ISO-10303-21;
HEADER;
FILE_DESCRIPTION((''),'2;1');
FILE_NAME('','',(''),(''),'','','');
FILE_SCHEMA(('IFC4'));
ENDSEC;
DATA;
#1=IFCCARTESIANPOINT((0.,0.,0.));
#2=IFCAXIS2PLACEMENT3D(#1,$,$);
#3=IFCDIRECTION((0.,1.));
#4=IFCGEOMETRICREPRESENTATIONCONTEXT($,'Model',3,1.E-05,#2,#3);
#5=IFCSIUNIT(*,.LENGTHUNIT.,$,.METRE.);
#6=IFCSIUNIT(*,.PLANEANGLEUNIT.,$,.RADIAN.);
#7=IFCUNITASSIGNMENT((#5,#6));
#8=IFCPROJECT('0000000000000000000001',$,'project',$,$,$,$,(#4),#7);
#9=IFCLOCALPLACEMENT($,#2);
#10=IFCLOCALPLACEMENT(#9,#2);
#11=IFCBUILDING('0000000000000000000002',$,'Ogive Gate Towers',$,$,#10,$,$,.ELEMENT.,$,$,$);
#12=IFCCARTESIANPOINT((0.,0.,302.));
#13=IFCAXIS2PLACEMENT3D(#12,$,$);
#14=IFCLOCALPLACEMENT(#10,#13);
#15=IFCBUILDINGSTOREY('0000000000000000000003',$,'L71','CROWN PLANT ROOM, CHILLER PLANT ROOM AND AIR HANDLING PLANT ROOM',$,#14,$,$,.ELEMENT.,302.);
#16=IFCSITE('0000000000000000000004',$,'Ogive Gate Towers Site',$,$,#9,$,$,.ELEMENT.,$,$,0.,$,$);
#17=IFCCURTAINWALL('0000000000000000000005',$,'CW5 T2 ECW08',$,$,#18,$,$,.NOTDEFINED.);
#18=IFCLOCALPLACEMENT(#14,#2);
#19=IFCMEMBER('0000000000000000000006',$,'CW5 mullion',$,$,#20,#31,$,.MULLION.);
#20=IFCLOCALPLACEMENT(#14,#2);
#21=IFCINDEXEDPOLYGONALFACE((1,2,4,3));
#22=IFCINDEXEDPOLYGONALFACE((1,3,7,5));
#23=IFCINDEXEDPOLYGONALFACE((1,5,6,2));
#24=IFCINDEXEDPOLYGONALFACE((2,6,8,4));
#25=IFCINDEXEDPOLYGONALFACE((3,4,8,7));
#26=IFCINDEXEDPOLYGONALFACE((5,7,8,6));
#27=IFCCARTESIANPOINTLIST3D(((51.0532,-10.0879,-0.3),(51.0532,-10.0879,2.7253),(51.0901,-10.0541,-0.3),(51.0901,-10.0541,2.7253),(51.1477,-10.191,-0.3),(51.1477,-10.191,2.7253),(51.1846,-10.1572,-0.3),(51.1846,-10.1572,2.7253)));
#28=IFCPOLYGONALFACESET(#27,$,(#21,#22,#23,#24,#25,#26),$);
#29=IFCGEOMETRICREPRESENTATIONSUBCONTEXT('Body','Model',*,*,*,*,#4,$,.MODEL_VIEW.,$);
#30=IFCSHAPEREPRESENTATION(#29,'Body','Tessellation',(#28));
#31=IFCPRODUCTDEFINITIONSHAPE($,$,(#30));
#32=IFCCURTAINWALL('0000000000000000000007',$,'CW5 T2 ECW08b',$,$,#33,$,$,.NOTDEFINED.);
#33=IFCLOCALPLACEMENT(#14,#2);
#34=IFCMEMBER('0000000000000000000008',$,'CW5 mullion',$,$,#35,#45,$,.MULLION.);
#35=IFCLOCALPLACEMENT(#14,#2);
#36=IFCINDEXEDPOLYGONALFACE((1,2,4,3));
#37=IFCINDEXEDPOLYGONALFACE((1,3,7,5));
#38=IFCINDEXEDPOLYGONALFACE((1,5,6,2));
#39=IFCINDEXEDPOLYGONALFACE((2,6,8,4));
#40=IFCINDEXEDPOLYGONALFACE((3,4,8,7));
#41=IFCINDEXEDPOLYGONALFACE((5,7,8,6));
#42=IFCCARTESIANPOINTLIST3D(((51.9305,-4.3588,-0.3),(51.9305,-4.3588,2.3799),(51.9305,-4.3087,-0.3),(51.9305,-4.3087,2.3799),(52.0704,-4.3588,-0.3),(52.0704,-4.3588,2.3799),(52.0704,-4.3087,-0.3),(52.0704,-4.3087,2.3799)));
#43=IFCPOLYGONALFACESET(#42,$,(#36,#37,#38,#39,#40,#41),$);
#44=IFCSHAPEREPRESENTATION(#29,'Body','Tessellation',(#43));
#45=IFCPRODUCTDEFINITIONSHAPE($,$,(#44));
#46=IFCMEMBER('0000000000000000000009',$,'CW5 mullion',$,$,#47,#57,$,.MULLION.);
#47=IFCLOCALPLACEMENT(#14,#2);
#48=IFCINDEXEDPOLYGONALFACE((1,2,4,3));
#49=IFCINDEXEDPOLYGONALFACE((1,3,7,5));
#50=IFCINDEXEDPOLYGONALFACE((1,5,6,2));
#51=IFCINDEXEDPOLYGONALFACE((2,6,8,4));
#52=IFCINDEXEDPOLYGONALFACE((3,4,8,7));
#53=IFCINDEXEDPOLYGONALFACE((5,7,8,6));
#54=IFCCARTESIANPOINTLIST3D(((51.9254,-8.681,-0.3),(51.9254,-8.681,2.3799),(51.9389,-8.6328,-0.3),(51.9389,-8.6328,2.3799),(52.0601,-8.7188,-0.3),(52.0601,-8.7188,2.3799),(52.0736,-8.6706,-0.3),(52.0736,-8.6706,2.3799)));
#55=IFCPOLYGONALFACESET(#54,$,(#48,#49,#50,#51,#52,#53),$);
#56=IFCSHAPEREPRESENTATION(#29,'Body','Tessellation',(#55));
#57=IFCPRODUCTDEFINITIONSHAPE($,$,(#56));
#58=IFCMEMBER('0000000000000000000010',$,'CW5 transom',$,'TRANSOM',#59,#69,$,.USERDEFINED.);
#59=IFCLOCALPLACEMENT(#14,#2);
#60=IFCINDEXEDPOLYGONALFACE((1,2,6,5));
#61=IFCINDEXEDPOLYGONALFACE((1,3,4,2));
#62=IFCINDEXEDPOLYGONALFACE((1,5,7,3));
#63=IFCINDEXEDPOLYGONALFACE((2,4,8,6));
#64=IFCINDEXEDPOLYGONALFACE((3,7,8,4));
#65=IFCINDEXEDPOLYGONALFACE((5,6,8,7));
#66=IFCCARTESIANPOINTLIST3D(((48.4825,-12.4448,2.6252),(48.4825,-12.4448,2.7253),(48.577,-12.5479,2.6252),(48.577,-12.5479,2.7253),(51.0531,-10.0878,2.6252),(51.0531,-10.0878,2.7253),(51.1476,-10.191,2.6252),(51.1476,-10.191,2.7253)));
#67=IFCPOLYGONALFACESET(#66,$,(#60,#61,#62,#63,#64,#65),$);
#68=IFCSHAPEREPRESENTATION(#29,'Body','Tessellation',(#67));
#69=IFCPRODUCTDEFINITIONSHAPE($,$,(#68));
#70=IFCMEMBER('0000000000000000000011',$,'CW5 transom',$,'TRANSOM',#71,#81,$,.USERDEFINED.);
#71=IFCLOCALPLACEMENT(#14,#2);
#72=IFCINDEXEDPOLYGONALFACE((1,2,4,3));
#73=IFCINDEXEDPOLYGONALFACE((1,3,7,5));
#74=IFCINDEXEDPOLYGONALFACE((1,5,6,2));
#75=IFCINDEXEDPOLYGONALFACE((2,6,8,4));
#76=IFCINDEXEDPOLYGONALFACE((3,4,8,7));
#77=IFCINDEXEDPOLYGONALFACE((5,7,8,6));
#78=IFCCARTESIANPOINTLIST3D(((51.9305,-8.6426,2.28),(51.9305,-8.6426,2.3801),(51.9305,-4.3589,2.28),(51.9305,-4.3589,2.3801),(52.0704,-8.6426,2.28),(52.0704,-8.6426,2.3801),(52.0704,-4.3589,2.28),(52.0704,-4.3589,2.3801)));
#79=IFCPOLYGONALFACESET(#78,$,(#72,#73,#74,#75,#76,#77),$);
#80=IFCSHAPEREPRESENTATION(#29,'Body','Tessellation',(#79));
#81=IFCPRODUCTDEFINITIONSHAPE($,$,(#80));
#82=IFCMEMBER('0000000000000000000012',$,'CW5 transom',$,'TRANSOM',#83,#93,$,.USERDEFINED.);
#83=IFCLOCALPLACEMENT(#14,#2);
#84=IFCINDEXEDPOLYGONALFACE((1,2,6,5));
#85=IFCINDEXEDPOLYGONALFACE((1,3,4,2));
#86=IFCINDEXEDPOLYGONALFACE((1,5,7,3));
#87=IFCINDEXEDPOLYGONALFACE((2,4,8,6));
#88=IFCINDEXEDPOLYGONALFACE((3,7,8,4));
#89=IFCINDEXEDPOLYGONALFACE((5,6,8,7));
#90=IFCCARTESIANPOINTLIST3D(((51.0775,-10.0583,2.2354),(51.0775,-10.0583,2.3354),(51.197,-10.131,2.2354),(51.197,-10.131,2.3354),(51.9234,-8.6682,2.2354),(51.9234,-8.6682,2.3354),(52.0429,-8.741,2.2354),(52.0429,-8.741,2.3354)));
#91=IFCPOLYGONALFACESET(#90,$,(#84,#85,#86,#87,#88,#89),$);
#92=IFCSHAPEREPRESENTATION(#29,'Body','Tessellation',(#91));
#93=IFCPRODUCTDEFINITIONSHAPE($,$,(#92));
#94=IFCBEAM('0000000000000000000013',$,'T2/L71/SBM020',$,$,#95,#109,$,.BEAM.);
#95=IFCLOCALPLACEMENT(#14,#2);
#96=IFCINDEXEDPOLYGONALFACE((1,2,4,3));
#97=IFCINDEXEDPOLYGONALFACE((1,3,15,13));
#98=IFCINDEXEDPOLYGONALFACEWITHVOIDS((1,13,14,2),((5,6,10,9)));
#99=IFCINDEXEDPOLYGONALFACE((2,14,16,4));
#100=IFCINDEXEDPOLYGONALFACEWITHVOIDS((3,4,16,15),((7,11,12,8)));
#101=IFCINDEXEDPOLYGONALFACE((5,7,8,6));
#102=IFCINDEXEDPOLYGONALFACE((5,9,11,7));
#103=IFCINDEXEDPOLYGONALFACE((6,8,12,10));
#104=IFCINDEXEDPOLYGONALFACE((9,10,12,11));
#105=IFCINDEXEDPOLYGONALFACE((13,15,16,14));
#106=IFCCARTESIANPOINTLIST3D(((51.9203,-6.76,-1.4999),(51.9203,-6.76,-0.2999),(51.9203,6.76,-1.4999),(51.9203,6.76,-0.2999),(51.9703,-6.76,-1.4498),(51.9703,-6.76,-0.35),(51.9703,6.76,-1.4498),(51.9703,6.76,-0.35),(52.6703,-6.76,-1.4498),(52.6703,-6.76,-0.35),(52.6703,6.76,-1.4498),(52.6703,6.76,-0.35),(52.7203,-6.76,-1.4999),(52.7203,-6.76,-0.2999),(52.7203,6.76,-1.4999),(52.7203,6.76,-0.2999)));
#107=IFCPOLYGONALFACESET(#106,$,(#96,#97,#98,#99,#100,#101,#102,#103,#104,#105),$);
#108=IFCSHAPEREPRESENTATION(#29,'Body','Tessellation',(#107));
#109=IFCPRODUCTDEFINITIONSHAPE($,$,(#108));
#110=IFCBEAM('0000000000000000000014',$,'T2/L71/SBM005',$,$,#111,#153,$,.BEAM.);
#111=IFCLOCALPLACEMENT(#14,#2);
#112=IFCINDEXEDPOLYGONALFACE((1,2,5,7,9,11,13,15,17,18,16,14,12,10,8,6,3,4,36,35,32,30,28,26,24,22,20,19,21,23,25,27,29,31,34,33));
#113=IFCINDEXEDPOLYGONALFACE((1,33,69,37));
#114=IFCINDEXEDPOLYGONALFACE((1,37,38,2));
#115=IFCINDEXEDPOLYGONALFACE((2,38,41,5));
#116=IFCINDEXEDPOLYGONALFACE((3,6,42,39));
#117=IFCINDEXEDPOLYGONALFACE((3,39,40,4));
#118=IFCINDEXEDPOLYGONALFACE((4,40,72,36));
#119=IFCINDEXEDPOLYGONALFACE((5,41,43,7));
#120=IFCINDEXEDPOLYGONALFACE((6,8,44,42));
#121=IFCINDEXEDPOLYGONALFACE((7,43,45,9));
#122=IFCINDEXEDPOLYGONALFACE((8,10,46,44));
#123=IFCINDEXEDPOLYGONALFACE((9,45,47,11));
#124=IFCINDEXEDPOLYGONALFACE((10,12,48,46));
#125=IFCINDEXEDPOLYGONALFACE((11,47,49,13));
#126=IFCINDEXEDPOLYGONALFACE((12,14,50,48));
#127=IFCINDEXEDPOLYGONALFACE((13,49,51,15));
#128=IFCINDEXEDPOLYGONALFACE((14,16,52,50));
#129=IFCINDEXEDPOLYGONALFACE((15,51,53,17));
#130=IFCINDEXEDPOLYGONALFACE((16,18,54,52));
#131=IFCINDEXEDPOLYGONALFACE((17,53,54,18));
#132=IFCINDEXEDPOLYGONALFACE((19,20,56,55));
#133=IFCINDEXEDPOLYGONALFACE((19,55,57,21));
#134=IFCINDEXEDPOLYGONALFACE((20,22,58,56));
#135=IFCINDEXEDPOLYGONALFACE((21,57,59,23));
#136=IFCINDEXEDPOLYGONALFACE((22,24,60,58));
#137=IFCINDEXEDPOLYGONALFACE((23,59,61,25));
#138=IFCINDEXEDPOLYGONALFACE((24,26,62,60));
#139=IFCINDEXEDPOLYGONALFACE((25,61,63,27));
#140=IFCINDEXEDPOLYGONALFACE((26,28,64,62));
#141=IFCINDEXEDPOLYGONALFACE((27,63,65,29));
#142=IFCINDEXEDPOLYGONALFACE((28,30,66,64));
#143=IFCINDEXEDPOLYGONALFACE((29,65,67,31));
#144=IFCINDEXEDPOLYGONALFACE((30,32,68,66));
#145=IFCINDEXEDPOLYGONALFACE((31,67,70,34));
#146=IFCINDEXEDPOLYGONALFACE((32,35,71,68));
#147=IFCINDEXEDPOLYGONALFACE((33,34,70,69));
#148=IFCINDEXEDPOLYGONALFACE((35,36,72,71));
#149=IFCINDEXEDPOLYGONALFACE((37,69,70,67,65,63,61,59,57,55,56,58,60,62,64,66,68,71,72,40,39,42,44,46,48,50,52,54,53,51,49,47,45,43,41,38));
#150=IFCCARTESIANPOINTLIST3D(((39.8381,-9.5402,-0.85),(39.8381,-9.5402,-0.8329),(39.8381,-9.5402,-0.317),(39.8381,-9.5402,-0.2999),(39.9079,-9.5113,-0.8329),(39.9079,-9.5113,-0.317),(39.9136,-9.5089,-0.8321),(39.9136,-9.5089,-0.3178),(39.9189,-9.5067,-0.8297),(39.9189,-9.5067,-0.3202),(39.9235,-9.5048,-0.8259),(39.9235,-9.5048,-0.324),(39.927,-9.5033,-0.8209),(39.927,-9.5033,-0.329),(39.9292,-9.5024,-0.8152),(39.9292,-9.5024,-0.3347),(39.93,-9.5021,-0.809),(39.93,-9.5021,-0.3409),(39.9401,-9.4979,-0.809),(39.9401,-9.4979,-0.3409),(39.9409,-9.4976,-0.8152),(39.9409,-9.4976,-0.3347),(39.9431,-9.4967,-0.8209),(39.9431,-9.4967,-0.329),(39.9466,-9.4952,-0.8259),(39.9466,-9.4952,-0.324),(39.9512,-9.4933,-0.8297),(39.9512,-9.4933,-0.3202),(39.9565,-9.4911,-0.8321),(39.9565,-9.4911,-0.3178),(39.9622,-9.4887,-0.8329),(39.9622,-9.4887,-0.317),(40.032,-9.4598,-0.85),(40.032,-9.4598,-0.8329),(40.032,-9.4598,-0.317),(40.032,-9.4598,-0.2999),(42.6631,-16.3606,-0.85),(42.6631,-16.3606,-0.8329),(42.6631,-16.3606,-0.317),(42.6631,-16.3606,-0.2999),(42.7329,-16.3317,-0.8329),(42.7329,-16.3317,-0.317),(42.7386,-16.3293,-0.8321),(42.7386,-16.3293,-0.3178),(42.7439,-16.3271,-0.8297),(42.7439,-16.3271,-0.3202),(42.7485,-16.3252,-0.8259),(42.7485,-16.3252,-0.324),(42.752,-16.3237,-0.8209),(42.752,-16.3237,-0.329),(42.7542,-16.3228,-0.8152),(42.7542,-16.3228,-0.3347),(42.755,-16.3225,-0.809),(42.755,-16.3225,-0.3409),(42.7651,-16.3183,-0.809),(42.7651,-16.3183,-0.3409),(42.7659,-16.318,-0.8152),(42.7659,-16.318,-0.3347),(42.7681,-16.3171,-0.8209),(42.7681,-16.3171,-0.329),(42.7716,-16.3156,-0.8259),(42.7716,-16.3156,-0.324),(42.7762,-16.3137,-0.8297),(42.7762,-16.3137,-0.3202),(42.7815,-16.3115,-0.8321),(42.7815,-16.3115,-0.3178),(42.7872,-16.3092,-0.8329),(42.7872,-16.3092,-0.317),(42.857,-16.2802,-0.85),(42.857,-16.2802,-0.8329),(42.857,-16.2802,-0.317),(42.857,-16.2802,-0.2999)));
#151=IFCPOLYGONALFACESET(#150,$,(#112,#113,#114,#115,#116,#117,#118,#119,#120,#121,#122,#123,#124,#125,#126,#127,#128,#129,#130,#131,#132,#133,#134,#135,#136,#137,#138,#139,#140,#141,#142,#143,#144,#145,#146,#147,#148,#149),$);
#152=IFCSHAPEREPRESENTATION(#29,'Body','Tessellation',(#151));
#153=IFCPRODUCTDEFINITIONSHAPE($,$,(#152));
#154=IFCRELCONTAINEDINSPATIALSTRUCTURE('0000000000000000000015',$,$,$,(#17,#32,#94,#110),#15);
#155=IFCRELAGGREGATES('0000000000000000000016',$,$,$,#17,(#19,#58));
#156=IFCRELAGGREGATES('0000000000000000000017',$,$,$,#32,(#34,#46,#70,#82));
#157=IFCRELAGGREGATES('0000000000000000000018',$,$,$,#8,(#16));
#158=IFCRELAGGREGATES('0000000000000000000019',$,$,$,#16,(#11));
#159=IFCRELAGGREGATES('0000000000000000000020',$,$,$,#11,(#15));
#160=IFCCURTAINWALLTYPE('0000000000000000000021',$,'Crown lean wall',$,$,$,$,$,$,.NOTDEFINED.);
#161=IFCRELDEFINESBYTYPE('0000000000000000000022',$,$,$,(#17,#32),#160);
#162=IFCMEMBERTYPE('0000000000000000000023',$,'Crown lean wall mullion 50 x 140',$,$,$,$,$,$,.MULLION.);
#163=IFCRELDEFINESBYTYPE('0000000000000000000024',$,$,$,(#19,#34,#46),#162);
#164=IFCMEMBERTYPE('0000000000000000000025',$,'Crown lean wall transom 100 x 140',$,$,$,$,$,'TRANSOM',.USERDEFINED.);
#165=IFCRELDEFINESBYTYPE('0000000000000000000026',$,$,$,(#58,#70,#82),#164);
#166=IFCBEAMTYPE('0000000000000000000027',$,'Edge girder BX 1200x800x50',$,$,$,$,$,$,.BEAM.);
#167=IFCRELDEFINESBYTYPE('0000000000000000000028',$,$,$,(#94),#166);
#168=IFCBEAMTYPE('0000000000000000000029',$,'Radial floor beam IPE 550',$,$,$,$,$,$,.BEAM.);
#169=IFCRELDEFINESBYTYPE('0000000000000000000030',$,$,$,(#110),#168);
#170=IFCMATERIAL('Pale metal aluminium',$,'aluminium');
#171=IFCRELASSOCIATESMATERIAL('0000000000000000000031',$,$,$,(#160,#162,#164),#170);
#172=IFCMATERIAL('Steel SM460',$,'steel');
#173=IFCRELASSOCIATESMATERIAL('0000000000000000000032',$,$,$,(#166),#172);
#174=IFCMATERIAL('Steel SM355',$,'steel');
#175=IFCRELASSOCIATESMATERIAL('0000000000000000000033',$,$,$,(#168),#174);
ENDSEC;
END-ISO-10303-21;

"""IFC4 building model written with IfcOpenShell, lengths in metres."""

from ifc_helpers import new_model, si_unit, direction, frame, origin, origin_2d, place, context, subcontext, project, spatial, rectangle, hollow_rectangle, i_section, extrude, material, material_profile, profile_set, type_object, element, aggregate, save


model = new_model("IFC4")

# Units and contexts
model_context = context("Model", 3, precision=1e-05, world=origin(), true_north=direction((0.0, 1.0)))
body_context = subcontext(model_context, "Body", "Model", "MODEL_VIEW")
ifc_project = project(units=[si_unit("LENGTHUNIT", "METRE"), si_unit("PLANEANGLEUNIT", "RADIAN")], contexts=[model_context])

# Site, building, storey
site_placement = place(None, origin())
site = spatial("IfcSite", under=ifc_project, at=site_placement, Name="Ogive Gate Towers Site", CompositionType="ELEMENT", RefElevation=0.0)
building_placement = place(site_placement, origin())
building = spatial("IfcBuilding", under=site, at=building_placement, Name="Ogive Gate Towers", CompositionType="ELEMENT")
storey_placement = place(building_placement, frame((0.0, 0.0, 302.0)))
storey = spatial("IfcBuildingStorey", under=building, at=storey_placement, Name="L71", Description="CROWN PLANT ROOM, CHILLER PLANT ROOM AND AIR HANDLING PLANT ROOM", CompositionType="ELEMENT", Elevation=302.0)

# Curtain wall, member
ifc_material_1 = material(Name="Pale metal aluminium", Category="aluminium")
curtain_wall_type = type_object("IfcCurtainWallType", Name="Crown lean wall", PredefinedType="NOTDEFINED", material=ifc_material_1)
curtain_wall_1_placement = place(storey_placement, origin())
curtain_wall_1 = element("IfcCurtainWall", 1, at=curtain_wall_1_placement, inside=storey, type_object=curtain_wall_type, Name="CW5 T2 ECW08", PredefinedType="NOTDEFINED")
ifc_material_profile_1 = material_profile(ifc_material_1, rectangle(XDim=0.1399, YDim=0.05, at=origin_2d()), Name="50 x 140 aluminium box")
ifc_profile_set_1 = profile_set([ifc_material_profile_1], Name="Pale metal aluminium")
member_type_1 = type_object("IfcMemberType", Name="Crown lean wall mullion 50 x 140", PredefinedType="MULLION", material=ifc_profile_set_1)
member_1_placement = place(storey_placement, frame((51.1189, -10.1226, -0.3), z_axis=(0.0, 0.0, 1.0), x_axis=(-0.675796, 0.737089, 0.0)))
member_1 = element("IfcMember", 2, at=member_1_placement, type_object=member_type_1, Name="CW5 mullion", PredefinedType="MULLION", context=body_context, shape_type="SweptSolid", body=[
    extrude(rectangle(XDim=0.1399, YDim=0.05, at=origin_2d()), origin(), (0.0, 0.0, 1.0), 3.0254),
])

# Curtain wall, members
curtain_wall_2_placement = place(storey_placement, origin())
curtain_wall_2 = element("IfcCurtainWall", 3, at=curtain_wall_2_placement, inside=storey, type_object=curtain_wall_type, Name="CW5 T2 ECW08b", PredefinedType="NOTDEFINED")
member_2_placement = place(storey_placement, frame((52.0005, -4.3337, -0.3), z_axis=(0.0, 0.0, 1.0), x_axis=(-1.0, 0.0, 0.0)))
member_2 = element("IfcMember", 4, at=member_2_placement, type_object=member_type_1, Name="CW5 mullion", PredefinedType="MULLION", context=body_context, shape_type="SweptSolid", body=[
    extrude(rectangle(XDim=0.1399, YDim=0.05, at=origin_2d()), origin(), (0.0, 0.0, 1.0), 2.6799),
])
member_3_placement = place(storey_placement, frame((51.9995, -8.6758, -0.3), z_axis=(0.0, 0.0, 1.0), x_axis=(-0.962866, 0.269979, 0.0)))
member_3 = element("IfcMember", 5, at=member_3_placement, type_object=member_type_1, Name="CW5 mullion", PredefinedType="MULLION", context=body_context, shape_type="SweptSolid", body=[
    extrude(rectangle(XDim=0.1399, YDim=0.05, at=origin_2d()), origin(), (0.0, 0.0, 1.0), 2.6799),
])

# Members
ifc_material_profile_2 = material_profile(ifc_material_1, rectangle(XDim=0.1399, YDim=0.1001, at=origin_2d()), Name="100 x 140 aluminium box")
ifc_profile_set_2 = profile_set([ifc_material_profile_2], Name="Pale metal aluminium")
member_type_2 = type_object("IfcMemberType", Name="Crown lean wall transom 100 x 140", ElementType="TRANSOM", PredefinedType="USERDEFINED", material=ifc_profile_set_2)
member_4_placement = place(storey_placement, frame((51.1003, -10.1394, 2.6753), z_axis=(-0.73707, -0.675817, 0.0), x_axis=(0.675817, -0.73707, 0.0)))
member_4 = element("IfcMember", 6, at=member_4_placement, type_object=member_type_2, Name="CW5 transom", ObjectType="TRANSOM", PredefinedType="USERDEFINED", context=body_context, shape_type="SweptSolid", body=[
    extrude(rectangle(XDim=0.1399, YDim=0.1001, at=origin_2d()), origin(), (0.0, 0.0, 1.0), 3.4875),
])
member_5_placement = place(storey_placement, frame((52.0005, -4.3589, 2.3301), z_axis=(0.0, -1.0, 0.0), x_axis=(1.0, 0.0, 0.0)))
member_5 = element("IfcMember", 7, at=member_5_placement, type_object=member_type_2, Name="CW5 transom", ObjectType="TRANSOM", PredefinedType="USERDEFINED", context=body_context, shape_type="SweptSolid", body=[
    extrude(rectangle(XDim=0.1399, YDim=0.1001, at=origin_2d()), origin(), (0.0, 0.0, 1.0), 4.2837),
])
member_6_placement = place(storey_placement, frame((51.9832, -8.7046, 2.2854), z_axis=(-0.519847, -0.854259, 0.0), x_axis=(0.854259, -0.519847, 0.0)))
member_6 = element("IfcMember", 8, at=member_6_placement, type_object=member_type_2, Name="CW5 transom", ObjectType="TRANSOM", PredefinedType="USERDEFINED", context=body_context, shape_type="SweptSolid", body=[
    extrude(rectangle(XDim=0.1399, YDim=0.1001, at=origin_2d()), origin(), (0.0, 0.0, 1.0), 1.6272),
])

# Beams
ifc_material_2 = material(Name="Steel SM460", Category="steel")
ifc_material_profile_3 = material_profile(ifc_material_2, hollow_rectangle(XDim=0.8, YDim=1.2, WallThickness=0.05, at=origin_2d()), Name="BX 1200x800x50")
ifc_profile_set_3 = profile_set([ifc_material_profile_3], Name="Steel SM460")
beam_type_1 = type_object("IfcBeamType", Name="Edge girder BX 1200x800x50", PredefinedType="BEAM", material=ifc_profile_set_3)
beam_1_placement = place(storey_placement, frame((52.3203, -6.76, -0.8999), z_axis=(0.0, 1.0, 0.0), x_axis=(-1.0, 0.0, 0.0)))
element("IfcBeam", 9, at=beam_1_placement, inside=storey, type_object=beam_type_1, Name="T2/L71/SBM020", PredefinedType="BEAM", context=body_context, shape_type="SweptSolid", body=[
    extrude(hollow_rectangle(XDim=0.8, YDim=1.2, WallThickness=0.05, at=origin_2d()), origin(), (0.0, 0.0, 1.0), 13.52),
])
ifc_material_3 = material(Name="Steel SM355", Category="steel")
ifc_material_profile_4 = material_profile(ifc_material_3, i_section(OverallWidth=0.21, OverallDepth=0.55, WebThickness=0.011, FlangeThickness=0.0171, FilletRadius=0.0239, at=origin_2d()), Name="IPE 550")
ifc_profile_set_4 = profile_set([ifc_material_profile_4], Name="Steel SM355")
beam_type_2 = type_object("IfcBeamType", Name="Radial floor beam IPE 550", PredefinedType="BEAM", material=ifc_profile_set_4)
beam_2_placement = place(storey_placement, frame((39.9351, -9.5, -0.575), z_axis=(0.38267, -0.923885, 0.0), x_axis=(0.923885, 0.38267, 0.0)))
element("IfcBeam", 10, at=beam_2_placement, inside=storey, type_object=beam_type_2, Name="T2/L71/SBM005", PredefinedType="BEAM", context=body_context, shape_type="SweptSolid", body=[
    extrude(i_section(OverallWidth=0.21, OverallDepth=0.55, WebThickness=0.011, FlangeThickness=0.0171, FilletRadius=0.0239, at=origin_2d()), origin(), (0.0, 0.0, 1.0), 7.3823),
])

aggregate(curtain_wall_1, [member_1, member_4])
aggregate(curtain_wall_2, [member_2, member_3, member_5, member_6])

save(model, "model.ifc")
